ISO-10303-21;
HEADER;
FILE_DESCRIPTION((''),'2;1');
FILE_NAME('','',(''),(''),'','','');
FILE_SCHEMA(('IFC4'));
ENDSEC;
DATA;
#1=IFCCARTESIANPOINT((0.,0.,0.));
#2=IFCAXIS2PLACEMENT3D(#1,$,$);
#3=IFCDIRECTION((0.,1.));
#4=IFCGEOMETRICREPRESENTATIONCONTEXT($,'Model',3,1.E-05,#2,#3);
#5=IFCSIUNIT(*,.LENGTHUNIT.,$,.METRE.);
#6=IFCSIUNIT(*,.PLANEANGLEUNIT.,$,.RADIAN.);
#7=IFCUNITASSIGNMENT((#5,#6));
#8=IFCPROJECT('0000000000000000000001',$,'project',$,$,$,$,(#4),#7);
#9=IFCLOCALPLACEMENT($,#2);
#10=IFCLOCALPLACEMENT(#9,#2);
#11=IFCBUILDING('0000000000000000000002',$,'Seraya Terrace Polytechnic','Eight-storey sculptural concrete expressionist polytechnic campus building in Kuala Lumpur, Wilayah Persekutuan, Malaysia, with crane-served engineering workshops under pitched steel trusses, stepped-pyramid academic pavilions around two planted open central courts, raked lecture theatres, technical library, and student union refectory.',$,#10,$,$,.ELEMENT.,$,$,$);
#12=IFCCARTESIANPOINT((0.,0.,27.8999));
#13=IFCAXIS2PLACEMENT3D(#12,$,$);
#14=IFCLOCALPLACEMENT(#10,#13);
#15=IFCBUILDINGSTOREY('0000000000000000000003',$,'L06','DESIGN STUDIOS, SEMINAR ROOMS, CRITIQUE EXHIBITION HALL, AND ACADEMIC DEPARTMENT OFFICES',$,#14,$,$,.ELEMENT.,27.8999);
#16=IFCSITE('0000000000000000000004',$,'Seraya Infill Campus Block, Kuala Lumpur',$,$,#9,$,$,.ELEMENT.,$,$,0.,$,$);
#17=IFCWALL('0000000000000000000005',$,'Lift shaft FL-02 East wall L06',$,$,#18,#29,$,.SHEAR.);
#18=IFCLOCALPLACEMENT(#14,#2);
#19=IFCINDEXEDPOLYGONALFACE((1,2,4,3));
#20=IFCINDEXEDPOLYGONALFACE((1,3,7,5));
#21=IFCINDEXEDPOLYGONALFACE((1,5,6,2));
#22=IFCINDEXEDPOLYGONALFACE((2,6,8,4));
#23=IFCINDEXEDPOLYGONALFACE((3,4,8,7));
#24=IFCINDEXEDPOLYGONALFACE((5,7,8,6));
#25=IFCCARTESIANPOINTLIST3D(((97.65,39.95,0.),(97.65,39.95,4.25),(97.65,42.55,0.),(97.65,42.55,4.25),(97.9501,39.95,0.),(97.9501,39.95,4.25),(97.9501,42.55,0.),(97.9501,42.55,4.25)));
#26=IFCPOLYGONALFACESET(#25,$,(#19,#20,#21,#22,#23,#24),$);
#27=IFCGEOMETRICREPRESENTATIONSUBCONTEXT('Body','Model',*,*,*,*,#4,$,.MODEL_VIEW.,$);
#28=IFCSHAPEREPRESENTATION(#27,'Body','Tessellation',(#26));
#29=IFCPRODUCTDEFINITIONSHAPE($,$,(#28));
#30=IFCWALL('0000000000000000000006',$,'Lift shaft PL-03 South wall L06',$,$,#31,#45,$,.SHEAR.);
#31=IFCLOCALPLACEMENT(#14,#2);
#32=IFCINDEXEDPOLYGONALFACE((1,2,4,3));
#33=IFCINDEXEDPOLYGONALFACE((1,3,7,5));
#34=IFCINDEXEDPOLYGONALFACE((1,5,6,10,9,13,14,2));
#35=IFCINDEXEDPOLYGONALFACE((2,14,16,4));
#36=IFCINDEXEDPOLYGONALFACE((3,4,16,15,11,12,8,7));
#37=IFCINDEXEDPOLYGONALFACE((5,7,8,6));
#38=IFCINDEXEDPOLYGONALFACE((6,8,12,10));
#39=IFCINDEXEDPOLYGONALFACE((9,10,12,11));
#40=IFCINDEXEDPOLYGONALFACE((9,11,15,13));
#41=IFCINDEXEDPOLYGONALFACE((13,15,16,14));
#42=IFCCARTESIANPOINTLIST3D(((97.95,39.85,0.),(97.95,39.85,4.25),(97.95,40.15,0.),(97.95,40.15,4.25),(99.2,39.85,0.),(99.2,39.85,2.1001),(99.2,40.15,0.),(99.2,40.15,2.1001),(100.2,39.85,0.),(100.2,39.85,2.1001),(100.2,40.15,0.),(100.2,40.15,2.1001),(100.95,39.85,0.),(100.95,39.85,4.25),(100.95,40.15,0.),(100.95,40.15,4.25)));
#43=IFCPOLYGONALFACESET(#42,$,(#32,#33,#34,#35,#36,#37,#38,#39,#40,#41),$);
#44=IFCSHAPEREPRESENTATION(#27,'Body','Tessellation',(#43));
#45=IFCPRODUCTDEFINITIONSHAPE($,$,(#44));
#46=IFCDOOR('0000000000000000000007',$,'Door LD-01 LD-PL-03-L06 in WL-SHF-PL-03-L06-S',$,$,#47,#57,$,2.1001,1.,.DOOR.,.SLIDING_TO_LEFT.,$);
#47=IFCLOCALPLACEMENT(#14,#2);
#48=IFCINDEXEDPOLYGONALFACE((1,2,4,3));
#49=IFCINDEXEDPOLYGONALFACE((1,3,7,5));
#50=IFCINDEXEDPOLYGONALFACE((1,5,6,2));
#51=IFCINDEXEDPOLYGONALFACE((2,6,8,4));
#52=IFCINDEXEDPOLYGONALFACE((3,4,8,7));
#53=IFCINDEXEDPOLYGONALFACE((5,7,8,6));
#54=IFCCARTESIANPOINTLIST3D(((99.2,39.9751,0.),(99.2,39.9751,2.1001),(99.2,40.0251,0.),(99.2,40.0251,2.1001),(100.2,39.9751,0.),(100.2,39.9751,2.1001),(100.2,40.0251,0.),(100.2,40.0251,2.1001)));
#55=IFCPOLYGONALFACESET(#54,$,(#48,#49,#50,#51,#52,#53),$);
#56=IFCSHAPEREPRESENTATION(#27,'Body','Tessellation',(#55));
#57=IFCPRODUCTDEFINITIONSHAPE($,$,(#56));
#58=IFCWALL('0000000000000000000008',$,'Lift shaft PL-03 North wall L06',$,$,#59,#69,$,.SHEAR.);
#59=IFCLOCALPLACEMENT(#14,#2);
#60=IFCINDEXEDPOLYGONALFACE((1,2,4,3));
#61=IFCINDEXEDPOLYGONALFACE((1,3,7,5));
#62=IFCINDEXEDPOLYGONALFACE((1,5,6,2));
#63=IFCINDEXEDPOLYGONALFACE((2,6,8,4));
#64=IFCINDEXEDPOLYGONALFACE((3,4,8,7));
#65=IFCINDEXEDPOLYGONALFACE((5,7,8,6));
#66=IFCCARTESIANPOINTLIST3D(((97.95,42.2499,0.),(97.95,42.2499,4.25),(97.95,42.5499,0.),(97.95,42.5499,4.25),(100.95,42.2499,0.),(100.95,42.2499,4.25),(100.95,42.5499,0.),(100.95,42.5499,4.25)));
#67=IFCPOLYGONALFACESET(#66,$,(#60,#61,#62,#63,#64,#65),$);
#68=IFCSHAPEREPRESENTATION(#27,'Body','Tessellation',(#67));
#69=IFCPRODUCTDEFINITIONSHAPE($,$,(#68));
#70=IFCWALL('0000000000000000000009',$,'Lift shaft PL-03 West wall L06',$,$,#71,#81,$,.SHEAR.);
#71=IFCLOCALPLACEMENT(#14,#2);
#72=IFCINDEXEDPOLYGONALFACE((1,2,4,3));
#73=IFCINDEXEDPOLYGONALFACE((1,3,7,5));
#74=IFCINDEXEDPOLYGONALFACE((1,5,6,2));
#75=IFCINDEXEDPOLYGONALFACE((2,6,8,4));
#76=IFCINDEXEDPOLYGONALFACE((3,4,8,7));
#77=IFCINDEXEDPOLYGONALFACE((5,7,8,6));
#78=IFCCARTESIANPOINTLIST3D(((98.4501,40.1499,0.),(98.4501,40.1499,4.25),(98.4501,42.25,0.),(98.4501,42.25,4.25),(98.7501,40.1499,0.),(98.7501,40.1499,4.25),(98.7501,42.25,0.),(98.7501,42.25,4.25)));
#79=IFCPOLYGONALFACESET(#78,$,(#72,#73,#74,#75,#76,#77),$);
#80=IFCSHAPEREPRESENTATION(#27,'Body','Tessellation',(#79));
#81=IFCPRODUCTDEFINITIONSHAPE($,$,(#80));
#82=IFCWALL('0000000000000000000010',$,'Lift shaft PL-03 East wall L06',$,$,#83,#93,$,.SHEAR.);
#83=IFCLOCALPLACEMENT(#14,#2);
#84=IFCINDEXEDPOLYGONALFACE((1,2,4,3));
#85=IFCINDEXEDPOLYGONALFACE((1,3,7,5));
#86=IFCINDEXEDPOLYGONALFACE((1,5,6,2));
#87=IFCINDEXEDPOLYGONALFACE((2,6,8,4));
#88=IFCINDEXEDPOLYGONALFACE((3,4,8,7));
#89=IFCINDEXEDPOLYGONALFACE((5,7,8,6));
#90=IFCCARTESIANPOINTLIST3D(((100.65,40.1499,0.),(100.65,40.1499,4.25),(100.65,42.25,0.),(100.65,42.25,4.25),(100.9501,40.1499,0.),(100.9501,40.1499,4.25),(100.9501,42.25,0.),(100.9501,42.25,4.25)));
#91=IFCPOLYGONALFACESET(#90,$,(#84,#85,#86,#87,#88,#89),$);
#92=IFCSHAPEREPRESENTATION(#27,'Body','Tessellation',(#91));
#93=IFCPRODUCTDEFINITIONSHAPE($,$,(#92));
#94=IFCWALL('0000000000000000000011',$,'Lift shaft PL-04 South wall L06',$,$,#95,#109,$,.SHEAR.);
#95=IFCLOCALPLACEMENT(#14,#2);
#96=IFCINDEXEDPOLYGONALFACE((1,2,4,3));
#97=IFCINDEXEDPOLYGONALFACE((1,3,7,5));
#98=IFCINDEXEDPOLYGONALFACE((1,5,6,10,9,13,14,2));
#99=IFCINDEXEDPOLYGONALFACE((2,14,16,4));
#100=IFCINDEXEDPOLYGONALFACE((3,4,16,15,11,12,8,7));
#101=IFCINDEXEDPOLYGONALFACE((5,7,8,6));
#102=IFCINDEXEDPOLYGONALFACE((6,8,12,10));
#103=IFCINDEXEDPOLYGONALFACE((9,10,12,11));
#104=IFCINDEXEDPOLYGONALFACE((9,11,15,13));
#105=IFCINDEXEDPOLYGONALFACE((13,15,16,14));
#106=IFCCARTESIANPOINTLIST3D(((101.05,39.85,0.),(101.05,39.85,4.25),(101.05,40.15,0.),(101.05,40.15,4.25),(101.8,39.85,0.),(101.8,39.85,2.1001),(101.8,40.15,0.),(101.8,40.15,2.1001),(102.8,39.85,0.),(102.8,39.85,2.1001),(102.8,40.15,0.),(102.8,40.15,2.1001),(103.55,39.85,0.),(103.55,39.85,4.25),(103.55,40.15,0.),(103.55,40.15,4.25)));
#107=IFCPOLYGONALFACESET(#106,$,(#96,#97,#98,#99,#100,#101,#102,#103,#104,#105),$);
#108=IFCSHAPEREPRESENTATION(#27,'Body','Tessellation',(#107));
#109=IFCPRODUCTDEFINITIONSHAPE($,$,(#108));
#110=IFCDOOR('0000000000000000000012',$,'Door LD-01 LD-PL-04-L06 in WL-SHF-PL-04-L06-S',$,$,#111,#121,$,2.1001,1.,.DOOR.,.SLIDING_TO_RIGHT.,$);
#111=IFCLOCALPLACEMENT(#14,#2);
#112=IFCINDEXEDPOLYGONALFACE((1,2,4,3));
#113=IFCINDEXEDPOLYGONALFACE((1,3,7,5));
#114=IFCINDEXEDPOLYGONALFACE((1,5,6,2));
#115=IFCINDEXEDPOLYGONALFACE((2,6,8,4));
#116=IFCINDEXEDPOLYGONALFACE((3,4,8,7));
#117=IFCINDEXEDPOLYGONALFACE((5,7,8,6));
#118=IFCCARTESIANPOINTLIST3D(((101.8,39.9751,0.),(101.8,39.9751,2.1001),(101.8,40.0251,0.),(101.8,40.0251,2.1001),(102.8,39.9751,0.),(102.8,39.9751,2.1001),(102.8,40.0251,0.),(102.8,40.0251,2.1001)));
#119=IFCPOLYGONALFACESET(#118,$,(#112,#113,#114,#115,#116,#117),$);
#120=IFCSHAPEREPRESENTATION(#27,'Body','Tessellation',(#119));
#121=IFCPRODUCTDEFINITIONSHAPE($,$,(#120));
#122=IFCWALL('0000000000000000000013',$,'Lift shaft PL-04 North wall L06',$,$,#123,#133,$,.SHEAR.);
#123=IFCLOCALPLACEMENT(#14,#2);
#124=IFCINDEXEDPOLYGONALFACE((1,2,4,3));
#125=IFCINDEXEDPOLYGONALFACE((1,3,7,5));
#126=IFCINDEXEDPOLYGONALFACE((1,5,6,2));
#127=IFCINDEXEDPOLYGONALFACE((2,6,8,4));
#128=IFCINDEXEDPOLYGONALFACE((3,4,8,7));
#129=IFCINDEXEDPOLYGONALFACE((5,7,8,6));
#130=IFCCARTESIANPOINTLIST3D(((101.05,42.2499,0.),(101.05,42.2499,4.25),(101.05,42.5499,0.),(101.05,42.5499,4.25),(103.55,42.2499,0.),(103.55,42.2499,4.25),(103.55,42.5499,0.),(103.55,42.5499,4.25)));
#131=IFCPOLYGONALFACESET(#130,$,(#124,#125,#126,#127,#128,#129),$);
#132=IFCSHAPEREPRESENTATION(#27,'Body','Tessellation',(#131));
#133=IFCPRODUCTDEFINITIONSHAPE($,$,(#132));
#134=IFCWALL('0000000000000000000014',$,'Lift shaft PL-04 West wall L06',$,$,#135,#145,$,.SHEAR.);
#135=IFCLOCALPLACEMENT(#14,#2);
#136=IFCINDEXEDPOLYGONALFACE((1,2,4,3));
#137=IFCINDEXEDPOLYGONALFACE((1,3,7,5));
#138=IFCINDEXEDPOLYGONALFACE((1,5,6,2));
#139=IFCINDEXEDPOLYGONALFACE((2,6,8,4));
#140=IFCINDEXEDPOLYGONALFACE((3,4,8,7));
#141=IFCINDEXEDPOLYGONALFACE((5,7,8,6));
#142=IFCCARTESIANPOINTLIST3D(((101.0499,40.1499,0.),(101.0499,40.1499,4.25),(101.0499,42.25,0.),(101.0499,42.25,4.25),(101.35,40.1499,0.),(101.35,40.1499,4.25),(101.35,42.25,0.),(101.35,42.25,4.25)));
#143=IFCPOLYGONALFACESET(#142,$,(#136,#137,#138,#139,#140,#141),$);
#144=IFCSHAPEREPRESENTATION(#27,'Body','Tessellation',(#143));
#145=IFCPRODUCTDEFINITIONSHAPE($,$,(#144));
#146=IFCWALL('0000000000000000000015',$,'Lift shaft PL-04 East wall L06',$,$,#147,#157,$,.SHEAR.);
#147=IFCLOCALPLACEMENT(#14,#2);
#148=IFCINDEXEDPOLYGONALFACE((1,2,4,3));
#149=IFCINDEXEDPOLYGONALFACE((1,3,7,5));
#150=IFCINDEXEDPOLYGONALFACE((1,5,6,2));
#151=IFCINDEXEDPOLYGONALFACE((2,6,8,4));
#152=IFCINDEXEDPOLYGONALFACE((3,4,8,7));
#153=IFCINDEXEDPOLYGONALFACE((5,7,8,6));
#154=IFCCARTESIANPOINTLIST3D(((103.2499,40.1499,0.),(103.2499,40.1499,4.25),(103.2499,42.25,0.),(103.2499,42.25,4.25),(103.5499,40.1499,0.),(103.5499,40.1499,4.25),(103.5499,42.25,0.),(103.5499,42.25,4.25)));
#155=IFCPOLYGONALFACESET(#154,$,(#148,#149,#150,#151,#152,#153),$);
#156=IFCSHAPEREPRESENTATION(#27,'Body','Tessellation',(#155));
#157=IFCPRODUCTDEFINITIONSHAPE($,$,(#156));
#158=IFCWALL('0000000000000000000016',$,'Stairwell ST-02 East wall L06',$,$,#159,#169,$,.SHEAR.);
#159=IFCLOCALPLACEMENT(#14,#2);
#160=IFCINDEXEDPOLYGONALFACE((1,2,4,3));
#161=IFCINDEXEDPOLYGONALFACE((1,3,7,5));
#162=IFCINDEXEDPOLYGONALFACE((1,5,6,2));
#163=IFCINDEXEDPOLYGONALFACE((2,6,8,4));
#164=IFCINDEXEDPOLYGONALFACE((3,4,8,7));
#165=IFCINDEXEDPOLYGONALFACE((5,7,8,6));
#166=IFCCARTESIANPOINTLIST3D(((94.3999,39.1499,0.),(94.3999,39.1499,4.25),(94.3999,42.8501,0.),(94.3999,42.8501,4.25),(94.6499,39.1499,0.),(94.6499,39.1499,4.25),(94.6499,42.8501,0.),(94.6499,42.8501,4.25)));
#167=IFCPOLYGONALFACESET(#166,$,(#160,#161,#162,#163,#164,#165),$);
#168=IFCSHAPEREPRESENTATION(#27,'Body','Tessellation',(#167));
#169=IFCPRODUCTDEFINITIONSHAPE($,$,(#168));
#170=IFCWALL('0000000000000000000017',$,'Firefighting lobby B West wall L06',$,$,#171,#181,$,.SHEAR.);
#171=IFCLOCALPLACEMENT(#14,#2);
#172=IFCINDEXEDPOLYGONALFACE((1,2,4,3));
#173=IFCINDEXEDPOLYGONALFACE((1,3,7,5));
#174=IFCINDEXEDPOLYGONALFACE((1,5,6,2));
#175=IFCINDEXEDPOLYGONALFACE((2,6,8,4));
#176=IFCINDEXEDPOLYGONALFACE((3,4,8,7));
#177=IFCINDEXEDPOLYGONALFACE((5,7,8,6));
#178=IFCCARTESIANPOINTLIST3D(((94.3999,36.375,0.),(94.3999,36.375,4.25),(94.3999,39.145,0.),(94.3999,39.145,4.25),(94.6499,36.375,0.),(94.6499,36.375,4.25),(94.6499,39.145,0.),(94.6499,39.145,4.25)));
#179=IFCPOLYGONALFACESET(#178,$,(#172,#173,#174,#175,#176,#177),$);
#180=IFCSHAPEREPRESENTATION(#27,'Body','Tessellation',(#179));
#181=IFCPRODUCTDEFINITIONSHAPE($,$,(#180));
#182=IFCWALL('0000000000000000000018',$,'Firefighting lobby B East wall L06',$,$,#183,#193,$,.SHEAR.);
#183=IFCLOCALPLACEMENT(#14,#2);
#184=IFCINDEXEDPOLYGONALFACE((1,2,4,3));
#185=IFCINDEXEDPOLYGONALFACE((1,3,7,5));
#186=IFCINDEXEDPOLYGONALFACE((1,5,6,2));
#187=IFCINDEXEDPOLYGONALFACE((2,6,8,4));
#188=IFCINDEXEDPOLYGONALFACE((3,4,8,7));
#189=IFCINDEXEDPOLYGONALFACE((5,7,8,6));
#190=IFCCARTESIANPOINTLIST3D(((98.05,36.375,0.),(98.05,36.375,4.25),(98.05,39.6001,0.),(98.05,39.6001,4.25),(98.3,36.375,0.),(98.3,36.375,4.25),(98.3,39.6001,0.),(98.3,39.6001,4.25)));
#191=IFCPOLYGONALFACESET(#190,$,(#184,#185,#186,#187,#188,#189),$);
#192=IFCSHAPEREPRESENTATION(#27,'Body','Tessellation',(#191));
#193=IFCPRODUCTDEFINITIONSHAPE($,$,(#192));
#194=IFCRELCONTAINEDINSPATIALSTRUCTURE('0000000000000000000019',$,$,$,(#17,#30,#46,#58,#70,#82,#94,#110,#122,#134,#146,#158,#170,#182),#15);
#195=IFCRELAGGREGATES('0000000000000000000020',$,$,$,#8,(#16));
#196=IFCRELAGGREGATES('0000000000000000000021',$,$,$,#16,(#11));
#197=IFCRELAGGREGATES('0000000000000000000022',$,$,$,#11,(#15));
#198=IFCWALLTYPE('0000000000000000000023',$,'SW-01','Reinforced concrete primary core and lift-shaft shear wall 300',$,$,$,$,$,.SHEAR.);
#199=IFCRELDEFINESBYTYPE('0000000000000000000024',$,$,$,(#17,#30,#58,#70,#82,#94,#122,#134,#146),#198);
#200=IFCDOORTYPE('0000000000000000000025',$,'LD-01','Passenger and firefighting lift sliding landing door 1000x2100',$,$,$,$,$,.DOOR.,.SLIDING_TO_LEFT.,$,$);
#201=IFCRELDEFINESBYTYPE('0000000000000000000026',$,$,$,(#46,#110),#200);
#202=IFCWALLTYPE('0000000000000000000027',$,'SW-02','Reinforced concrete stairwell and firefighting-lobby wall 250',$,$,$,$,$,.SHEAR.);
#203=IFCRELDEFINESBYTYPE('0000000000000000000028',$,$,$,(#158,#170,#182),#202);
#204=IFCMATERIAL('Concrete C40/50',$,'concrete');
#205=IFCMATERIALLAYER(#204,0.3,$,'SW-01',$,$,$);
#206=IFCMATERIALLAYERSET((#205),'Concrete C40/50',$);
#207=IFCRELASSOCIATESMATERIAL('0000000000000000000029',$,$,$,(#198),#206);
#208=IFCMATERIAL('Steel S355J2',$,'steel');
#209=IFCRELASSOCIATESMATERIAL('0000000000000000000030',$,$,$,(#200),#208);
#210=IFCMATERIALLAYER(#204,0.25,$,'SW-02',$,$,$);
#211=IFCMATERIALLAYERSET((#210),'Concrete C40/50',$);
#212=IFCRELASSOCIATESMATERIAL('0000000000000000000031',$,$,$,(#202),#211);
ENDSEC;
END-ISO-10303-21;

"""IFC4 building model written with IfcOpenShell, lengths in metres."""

from ifc_helpers import new_model, si_unit, direction, frame, frame_2d, origin, place, context, subcontext, project, spatial, rectangle, extrude, material, layer, layer_set, type_object, element, fill, save


model = new_model("IFC4")

# Units and contexts
model_context = context("Model", 3, precision=1e-05, world=origin(), true_north=direction((0.0, 1.0)))
body_context = subcontext(model_context, "Body", "Model", "MODEL_VIEW")
ifc_project = project(units=[si_unit("LENGTHUNIT", "METRE"), si_unit("PLANEANGLEUNIT", "RADIAN")], contexts=[model_context])

# Site, building, storey
site_placement = place(None, origin())
site = spatial("IfcSite", under=ifc_project, at=site_placement, Name="Seraya Infill Campus Block, Kuala Lumpur", CompositionType="ELEMENT", RefElevation=0.0)
building_placement = place(site_placement, origin())
building = spatial("IfcBuilding", under=site, at=building_placement, Name="Seraya Terrace Polytechnic", Description="Eight-storey sculptural concrete expressionist polytechnic campus building in Kuala Lumpur, Wilayah Persekutuan, Malaysia, with crane-served engineering workshops under pitched steel trusses, stepped-pyramid academic pavilions around two planted open central courts, raked lecture theatres, technical library, and student union refectory.", CompositionType="ELEMENT")
storey_placement = place(building_placement, frame((0.0, 0.0, 27.8999)))
storey = spatial("IfcBuildingStorey", under=building, at=storey_placement, Name="L06", Description="DESIGN STUDIOS, SEMINAR ROOMS, CRITIQUE EXHIBITION HALL, AND ACADEMIC DEPARTMENT OFFICES", CompositionType="ELEMENT", Elevation=27.8999)

# Shared definitions
ifc_material_1 = material(Name="Concrete C40/50", Category="concrete")

# Shared definitions
ifc_layer_1 = layer(ifc_material_1, 0.3, Name="SW-01")
ifc_layer_set_1 = layer_set([ifc_layer_1], Name="Concrete C40/50")
wall_type_1 = type_object("IfcWallType", Name="SW-01", Description="Reinforced concrete primary core and lift-shaft shear wall 300", PredefinedType="SHEAR", material=ifc_layer_set_1)
ifc_material_2 = material(Name="Steel S355J2", Category="steel")
door_type_1 = type_object("IfcDoorType", Name="LD-01", Description="Passenger and firefighting lift sliding landing door 1000x2100", OperationType="SLIDING_TO_LEFT", PredefinedType="DOOR", material=ifc_material_2)

# Wall
for number, where, z_axis, x_axis, name in (
    (1, (97.8, 39.95, 0.0), (0.0, 0.0, 1.0), (0.0, 1.0, 0.0), "Lift shaft FL-02 East wall L06"),
):
    element("IfcWall", number, at=place(storey_placement, frame(where, z_axis=z_axis, x_axis=x_axis)), inside=storey, type_object=wall_type_1, Name=name, PredefinedType="SHEAR", context=body_context, shape_type="SweptSolid", body=[
        extrude(rectangle(XDim=2.6001, YDim=0.3, at=frame_2d((1.3, 0.0))), origin(), (0.0, 0.0, 1.0), 4.25),
    ])

# Wall, opening, door
wall_1_placement = place(storey_placement, frame((97.95, 40.0, 0.0), z_axis=(0.0, 0.0, 1.0), x_axis=(1.0, 0.0, 0.0)))
wall_1 = element("IfcWall", 2, at=wall_1_placement, inside=storey, type_object=wall_type_1, Name="Lift shaft PL-03 South wall L06", PredefinedType="SHEAR", context=body_context, shape_type="SweptSolid", body=[
    extrude(rectangle(XDim=3.0, YDim=0.3, at=frame_2d((1.5, 0.0))), origin(), (0.0, 0.0, 1.0), 4.25),
])
opening_1_placement = place(wall_1_placement, frame((1.25, 0.0, 0.0)))
opening_1 = element("IfcOpeningElement", 3, at=opening_1_placement, cuts=wall_1, PredefinedType="OPENING", context=body_context, shape_type="SweptSolid", body=[
    extrude(rectangle(XDim=1.0, YDim=2.1001, at=frame_2d((0.5, 1.05))), frame((0.0, 0.1621, 0.0), z_axis=(0.0, -1.0, 0.0), x_axis=(1.0, 0.0, 0.0)), (0.0, 0.0, 1.0), 0.324),
])
door_1_placement = place(opening_1_placement, frame((1.0, 0.0, 0.0), z_axis=(0.0, 0.0, 1.0), x_axis=(-1.0, 0.0, 0.0)))
door_1 = element("IfcDoor", 4, at=door_1_placement, inside=storey, type_object=door_type_1, Name="Door LD-01 LD-PL-03-L06 in WL-SHF-PL-03-L06-S", OperationType="SLIDING_TO_LEFT", OverallHeight=2.1001, OverallWidth=1.0, PredefinedType="DOOR", context=body_context, shape_type="SweptSolid", body=[
    extrude(rectangle(XDim=1.0, YDim=2.1001, at=frame_2d((0.5, 1.05))), frame((0.0, 0.0249, 0.0), z_axis=(0.0, -1.0, 0.0), x_axis=(1.0, 0.0, 0.0)), (0.0, 0.0, 1.0), 0.05),
])
fill(opening_1, door_1)

# Walls
wall_2_placement = place(storey_placement, frame((97.95, 42.3999, 0.0), z_axis=(0.0, 0.0, 1.0), x_axis=(1.0, 0.0, 0.0)))
element("IfcWall", 5, at=wall_2_placement, inside=storey, type_object=wall_type_1, Name="Lift shaft PL-03 North wall L06", PredefinedType="SHEAR", context=body_context, shape_type="SweptSolid", body=[
    extrude(rectangle(XDim=3.0, YDim=0.3, at=frame_2d((1.5, 0.0))), origin(), (0.0, 0.0, 1.0), 4.25),
])
for number, where, z_axis, x_axis, name in (
    (6, (98.6001, 40.1499, 0.0), (0.0, 0.0, 1.0), (0.0, 1.0, 0.0), "Lift shaft PL-03 West wall L06"),
    (7, (100.8, 40.1499, 0.0), (0.0, 0.0, 1.0), (0.0, 1.0, 0.0), "Lift shaft PL-03 East wall L06"),
):
    element("IfcWall", number, at=place(storey_placement, frame(where, z_axis=z_axis, x_axis=x_axis)), inside=storey, type_object=wall_type_1, Name=name, PredefinedType="SHEAR", context=body_context, shape_type="SweptSolid", body=[
        extrude(rectangle(XDim=2.1001, YDim=0.3, at=frame_2d((1.05, 0.0))), origin(), (0.0, 0.0, 1.0), 4.25),
    ])

# Wall, opening, door
wall_3_placement = place(storey_placement, frame((101.05, 40.0, 0.0), z_axis=(0.0, 0.0, 1.0), x_axis=(1.0, 0.0, 0.0)))
wall_3 = element("IfcWall", 8, at=wall_3_placement, inside=storey, type_object=wall_type_1, Name="Lift shaft PL-04 South wall L06", PredefinedType="SHEAR", context=body_context, shape_type="SweptSolid", body=[
    extrude(rectangle(XDim=2.5, YDim=0.3, at=frame_2d((1.25, 0.0))), origin(), (0.0, 0.0, 1.0), 4.25),
])
opening_2_placement = place(wall_3_placement, frame((0.75, 0.0, 0.0)))
opening_2 = element("IfcOpeningElement", 9, at=opening_2_placement, cuts=wall_3, PredefinedType="OPENING", context=body_context, shape_type="SweptSolid", body=[
    extrude(rectangle(XDim=1.0, YDim=2.1001, at=frame_2d((0.5, 1.05))), frame((0.0, 0.1621, 0.0), z_axis=(0.0, -1.0, 0.0), x_axis=(1.0, 0.0, 0.0)), (0.0, 0.0, 1.0), 0.324),
])
door_2_placement = place(opening_2_placement, frame((1.0, 0.0, 0.0), z_axis=(0.0, 0.0, 1.0), x_axis=(-1.0, 0.0, 0.0)))
door_2 = element("IfcDoor", 10, at=door_2_placement, inside=storey, type_object=door_type_1, Name="Door LD-01 LD-PL-04-L06 in WL-SHF-PL-04-L06-S", OperationType="SLIDING_TO_RIGHT", OverallHeight=2.1001, OverallWidth=1.0, PredefinedType="DOOR", context=body_context, shape_type="SweptSolid", body=[
    extrude(rectangle(XDim=1.0, YDim=2.1001, at=frame_2d((0.5, 1.05))), frame((0.0, 0.0249, 0.0), z_axis=(0.0, -1.0, 0.0), x_axis=(1.0, 0.0, 0.0)), (0.0, 0.0, 1.0), 0.05),
])
fill(opening_2, door_2)

# Walls
wall_4_placement = place(storey_placement, frame((101.05, 42.3999, 0.0), z_axis=(0.0, 0.0, 1.0), x_axis=(1.0, 0.0, 0.0)))
element("IfcWall", 11, at=wall_4_placement, inside=storey, type_object=wall_type_1, Name="Lift shaft PL-04 North wall L06", PredefinedType="SHEAR", context=body_context, shape_type="SweptSolid", body=[
    extrude(rectangle(XDim=2.5, YDim=0.3, at=frame_2d((1.25, 0.0))), origin(), (0.0, 0.0, 1.0), 4.25),
])
for number, where, z_axis, x_axis, name in (
    (12, (101.2, 40.1499, 0.0), (0.0, 0.0, 1.0), (0.0, 1.0, 0.0), "Lift shaft PL-04 West wall L06"),
    (13, (103.3999, 40.1499, 0.0), (0.0, 0.0, 1.0), (0.0, 1.0, 0.0), "Lift shaft PL-04 East wall L06"),
):
    element("IfcWall", number, at=place(storey_placement, frame(where, z_axis=z_axis, x_axis=x_axis)), inside=storey, type_object=wall_type_1, Name=name, PredefinedType="SHEAR", context=body_context, shape_type="SweptSolid", body=[
        extrude(rectangle(XDim=2.1001, YDim=0.3, at=frame_2d((1.05, 0.0))), origin(), (0.0, 0.0, 1.0), 4.25),
    ])
ifc_layer_2 = layer(ifc_material_1, 0.25, Name="SW-02")
ifc_layer_set_2 = layer_set([ifc_layer_2], Name="Concrete C40/50")
wall_type_2 = type_object("IfcWallType", Name="SW-02", Description="Reinforced concrete stairwell and firefighting-lobby wall 250", PredefinedType="SHEAR", material=ifc_layer_set_2)
wall_5_placement = place(storey_placement, frame((94.5249, 39.1499, 0.0), z_axis=(0.0, 0.0, 1.0), x_axis=(0.0, 1.0, 0.0)))
element("IfcWall", 14, at=wall_5_placement, inside=storey, type_object=wall_type_2, Name="Stairwell ST-02 East wall L06", PredefinedType="SHEAR", context=body_context, shape_type="SweptSolid", body=[
    extrude(rectangle(XDim=3.7002, YDim=0.25, at=frame_2d((1.8501, 0.0))), origin(), (0.0, 0.0, 1.0), 4.25),
])

# Walls
wall_6_placement = place(storey_placement, frame((94.5249, 36.375, 0.0), z_axis=(0.0, 0.0, 1.0), x_axis=(0.0, 1.0, 0.0)))
element("IfcWall", 15, at=wall_6_placement, inside=storey, type_object=wall_type_2, Name="Firefighting lobby B West wall L06", PredefinedType="SHEAR", context=body_context, shape_type="SweptSolid", body=[
    extrude(rectangle(XDim=2.77, YDim=0.25, at=frame_2d((1.385, 0.0))), origin(), (0.0, 0.0, 1.0), 4.25),
])
wall_7_placement = place(storey_placement, frame((98.175, 36.375, 0.0), z_axis=(0.0, 0.0, 1.0), x_axis=(0.0, 1.0, 0.0)))
element("IfcWall", 16, at=wall_7_placement, inside=storey, type_object=wall_type_2, Name="Firefighting lobby B East wall L06", PredefinedType="SHEAR", context=body_context, shape_type="SweptSolid", body=[
    extrude(rectangle(XDim=3.2251, YDim=0.25, at=frame_2d((1.6125, 0.0))), origin(), (0.0, 0.0, 1.0), 4.25),
])

save(model, "model.ifc")
